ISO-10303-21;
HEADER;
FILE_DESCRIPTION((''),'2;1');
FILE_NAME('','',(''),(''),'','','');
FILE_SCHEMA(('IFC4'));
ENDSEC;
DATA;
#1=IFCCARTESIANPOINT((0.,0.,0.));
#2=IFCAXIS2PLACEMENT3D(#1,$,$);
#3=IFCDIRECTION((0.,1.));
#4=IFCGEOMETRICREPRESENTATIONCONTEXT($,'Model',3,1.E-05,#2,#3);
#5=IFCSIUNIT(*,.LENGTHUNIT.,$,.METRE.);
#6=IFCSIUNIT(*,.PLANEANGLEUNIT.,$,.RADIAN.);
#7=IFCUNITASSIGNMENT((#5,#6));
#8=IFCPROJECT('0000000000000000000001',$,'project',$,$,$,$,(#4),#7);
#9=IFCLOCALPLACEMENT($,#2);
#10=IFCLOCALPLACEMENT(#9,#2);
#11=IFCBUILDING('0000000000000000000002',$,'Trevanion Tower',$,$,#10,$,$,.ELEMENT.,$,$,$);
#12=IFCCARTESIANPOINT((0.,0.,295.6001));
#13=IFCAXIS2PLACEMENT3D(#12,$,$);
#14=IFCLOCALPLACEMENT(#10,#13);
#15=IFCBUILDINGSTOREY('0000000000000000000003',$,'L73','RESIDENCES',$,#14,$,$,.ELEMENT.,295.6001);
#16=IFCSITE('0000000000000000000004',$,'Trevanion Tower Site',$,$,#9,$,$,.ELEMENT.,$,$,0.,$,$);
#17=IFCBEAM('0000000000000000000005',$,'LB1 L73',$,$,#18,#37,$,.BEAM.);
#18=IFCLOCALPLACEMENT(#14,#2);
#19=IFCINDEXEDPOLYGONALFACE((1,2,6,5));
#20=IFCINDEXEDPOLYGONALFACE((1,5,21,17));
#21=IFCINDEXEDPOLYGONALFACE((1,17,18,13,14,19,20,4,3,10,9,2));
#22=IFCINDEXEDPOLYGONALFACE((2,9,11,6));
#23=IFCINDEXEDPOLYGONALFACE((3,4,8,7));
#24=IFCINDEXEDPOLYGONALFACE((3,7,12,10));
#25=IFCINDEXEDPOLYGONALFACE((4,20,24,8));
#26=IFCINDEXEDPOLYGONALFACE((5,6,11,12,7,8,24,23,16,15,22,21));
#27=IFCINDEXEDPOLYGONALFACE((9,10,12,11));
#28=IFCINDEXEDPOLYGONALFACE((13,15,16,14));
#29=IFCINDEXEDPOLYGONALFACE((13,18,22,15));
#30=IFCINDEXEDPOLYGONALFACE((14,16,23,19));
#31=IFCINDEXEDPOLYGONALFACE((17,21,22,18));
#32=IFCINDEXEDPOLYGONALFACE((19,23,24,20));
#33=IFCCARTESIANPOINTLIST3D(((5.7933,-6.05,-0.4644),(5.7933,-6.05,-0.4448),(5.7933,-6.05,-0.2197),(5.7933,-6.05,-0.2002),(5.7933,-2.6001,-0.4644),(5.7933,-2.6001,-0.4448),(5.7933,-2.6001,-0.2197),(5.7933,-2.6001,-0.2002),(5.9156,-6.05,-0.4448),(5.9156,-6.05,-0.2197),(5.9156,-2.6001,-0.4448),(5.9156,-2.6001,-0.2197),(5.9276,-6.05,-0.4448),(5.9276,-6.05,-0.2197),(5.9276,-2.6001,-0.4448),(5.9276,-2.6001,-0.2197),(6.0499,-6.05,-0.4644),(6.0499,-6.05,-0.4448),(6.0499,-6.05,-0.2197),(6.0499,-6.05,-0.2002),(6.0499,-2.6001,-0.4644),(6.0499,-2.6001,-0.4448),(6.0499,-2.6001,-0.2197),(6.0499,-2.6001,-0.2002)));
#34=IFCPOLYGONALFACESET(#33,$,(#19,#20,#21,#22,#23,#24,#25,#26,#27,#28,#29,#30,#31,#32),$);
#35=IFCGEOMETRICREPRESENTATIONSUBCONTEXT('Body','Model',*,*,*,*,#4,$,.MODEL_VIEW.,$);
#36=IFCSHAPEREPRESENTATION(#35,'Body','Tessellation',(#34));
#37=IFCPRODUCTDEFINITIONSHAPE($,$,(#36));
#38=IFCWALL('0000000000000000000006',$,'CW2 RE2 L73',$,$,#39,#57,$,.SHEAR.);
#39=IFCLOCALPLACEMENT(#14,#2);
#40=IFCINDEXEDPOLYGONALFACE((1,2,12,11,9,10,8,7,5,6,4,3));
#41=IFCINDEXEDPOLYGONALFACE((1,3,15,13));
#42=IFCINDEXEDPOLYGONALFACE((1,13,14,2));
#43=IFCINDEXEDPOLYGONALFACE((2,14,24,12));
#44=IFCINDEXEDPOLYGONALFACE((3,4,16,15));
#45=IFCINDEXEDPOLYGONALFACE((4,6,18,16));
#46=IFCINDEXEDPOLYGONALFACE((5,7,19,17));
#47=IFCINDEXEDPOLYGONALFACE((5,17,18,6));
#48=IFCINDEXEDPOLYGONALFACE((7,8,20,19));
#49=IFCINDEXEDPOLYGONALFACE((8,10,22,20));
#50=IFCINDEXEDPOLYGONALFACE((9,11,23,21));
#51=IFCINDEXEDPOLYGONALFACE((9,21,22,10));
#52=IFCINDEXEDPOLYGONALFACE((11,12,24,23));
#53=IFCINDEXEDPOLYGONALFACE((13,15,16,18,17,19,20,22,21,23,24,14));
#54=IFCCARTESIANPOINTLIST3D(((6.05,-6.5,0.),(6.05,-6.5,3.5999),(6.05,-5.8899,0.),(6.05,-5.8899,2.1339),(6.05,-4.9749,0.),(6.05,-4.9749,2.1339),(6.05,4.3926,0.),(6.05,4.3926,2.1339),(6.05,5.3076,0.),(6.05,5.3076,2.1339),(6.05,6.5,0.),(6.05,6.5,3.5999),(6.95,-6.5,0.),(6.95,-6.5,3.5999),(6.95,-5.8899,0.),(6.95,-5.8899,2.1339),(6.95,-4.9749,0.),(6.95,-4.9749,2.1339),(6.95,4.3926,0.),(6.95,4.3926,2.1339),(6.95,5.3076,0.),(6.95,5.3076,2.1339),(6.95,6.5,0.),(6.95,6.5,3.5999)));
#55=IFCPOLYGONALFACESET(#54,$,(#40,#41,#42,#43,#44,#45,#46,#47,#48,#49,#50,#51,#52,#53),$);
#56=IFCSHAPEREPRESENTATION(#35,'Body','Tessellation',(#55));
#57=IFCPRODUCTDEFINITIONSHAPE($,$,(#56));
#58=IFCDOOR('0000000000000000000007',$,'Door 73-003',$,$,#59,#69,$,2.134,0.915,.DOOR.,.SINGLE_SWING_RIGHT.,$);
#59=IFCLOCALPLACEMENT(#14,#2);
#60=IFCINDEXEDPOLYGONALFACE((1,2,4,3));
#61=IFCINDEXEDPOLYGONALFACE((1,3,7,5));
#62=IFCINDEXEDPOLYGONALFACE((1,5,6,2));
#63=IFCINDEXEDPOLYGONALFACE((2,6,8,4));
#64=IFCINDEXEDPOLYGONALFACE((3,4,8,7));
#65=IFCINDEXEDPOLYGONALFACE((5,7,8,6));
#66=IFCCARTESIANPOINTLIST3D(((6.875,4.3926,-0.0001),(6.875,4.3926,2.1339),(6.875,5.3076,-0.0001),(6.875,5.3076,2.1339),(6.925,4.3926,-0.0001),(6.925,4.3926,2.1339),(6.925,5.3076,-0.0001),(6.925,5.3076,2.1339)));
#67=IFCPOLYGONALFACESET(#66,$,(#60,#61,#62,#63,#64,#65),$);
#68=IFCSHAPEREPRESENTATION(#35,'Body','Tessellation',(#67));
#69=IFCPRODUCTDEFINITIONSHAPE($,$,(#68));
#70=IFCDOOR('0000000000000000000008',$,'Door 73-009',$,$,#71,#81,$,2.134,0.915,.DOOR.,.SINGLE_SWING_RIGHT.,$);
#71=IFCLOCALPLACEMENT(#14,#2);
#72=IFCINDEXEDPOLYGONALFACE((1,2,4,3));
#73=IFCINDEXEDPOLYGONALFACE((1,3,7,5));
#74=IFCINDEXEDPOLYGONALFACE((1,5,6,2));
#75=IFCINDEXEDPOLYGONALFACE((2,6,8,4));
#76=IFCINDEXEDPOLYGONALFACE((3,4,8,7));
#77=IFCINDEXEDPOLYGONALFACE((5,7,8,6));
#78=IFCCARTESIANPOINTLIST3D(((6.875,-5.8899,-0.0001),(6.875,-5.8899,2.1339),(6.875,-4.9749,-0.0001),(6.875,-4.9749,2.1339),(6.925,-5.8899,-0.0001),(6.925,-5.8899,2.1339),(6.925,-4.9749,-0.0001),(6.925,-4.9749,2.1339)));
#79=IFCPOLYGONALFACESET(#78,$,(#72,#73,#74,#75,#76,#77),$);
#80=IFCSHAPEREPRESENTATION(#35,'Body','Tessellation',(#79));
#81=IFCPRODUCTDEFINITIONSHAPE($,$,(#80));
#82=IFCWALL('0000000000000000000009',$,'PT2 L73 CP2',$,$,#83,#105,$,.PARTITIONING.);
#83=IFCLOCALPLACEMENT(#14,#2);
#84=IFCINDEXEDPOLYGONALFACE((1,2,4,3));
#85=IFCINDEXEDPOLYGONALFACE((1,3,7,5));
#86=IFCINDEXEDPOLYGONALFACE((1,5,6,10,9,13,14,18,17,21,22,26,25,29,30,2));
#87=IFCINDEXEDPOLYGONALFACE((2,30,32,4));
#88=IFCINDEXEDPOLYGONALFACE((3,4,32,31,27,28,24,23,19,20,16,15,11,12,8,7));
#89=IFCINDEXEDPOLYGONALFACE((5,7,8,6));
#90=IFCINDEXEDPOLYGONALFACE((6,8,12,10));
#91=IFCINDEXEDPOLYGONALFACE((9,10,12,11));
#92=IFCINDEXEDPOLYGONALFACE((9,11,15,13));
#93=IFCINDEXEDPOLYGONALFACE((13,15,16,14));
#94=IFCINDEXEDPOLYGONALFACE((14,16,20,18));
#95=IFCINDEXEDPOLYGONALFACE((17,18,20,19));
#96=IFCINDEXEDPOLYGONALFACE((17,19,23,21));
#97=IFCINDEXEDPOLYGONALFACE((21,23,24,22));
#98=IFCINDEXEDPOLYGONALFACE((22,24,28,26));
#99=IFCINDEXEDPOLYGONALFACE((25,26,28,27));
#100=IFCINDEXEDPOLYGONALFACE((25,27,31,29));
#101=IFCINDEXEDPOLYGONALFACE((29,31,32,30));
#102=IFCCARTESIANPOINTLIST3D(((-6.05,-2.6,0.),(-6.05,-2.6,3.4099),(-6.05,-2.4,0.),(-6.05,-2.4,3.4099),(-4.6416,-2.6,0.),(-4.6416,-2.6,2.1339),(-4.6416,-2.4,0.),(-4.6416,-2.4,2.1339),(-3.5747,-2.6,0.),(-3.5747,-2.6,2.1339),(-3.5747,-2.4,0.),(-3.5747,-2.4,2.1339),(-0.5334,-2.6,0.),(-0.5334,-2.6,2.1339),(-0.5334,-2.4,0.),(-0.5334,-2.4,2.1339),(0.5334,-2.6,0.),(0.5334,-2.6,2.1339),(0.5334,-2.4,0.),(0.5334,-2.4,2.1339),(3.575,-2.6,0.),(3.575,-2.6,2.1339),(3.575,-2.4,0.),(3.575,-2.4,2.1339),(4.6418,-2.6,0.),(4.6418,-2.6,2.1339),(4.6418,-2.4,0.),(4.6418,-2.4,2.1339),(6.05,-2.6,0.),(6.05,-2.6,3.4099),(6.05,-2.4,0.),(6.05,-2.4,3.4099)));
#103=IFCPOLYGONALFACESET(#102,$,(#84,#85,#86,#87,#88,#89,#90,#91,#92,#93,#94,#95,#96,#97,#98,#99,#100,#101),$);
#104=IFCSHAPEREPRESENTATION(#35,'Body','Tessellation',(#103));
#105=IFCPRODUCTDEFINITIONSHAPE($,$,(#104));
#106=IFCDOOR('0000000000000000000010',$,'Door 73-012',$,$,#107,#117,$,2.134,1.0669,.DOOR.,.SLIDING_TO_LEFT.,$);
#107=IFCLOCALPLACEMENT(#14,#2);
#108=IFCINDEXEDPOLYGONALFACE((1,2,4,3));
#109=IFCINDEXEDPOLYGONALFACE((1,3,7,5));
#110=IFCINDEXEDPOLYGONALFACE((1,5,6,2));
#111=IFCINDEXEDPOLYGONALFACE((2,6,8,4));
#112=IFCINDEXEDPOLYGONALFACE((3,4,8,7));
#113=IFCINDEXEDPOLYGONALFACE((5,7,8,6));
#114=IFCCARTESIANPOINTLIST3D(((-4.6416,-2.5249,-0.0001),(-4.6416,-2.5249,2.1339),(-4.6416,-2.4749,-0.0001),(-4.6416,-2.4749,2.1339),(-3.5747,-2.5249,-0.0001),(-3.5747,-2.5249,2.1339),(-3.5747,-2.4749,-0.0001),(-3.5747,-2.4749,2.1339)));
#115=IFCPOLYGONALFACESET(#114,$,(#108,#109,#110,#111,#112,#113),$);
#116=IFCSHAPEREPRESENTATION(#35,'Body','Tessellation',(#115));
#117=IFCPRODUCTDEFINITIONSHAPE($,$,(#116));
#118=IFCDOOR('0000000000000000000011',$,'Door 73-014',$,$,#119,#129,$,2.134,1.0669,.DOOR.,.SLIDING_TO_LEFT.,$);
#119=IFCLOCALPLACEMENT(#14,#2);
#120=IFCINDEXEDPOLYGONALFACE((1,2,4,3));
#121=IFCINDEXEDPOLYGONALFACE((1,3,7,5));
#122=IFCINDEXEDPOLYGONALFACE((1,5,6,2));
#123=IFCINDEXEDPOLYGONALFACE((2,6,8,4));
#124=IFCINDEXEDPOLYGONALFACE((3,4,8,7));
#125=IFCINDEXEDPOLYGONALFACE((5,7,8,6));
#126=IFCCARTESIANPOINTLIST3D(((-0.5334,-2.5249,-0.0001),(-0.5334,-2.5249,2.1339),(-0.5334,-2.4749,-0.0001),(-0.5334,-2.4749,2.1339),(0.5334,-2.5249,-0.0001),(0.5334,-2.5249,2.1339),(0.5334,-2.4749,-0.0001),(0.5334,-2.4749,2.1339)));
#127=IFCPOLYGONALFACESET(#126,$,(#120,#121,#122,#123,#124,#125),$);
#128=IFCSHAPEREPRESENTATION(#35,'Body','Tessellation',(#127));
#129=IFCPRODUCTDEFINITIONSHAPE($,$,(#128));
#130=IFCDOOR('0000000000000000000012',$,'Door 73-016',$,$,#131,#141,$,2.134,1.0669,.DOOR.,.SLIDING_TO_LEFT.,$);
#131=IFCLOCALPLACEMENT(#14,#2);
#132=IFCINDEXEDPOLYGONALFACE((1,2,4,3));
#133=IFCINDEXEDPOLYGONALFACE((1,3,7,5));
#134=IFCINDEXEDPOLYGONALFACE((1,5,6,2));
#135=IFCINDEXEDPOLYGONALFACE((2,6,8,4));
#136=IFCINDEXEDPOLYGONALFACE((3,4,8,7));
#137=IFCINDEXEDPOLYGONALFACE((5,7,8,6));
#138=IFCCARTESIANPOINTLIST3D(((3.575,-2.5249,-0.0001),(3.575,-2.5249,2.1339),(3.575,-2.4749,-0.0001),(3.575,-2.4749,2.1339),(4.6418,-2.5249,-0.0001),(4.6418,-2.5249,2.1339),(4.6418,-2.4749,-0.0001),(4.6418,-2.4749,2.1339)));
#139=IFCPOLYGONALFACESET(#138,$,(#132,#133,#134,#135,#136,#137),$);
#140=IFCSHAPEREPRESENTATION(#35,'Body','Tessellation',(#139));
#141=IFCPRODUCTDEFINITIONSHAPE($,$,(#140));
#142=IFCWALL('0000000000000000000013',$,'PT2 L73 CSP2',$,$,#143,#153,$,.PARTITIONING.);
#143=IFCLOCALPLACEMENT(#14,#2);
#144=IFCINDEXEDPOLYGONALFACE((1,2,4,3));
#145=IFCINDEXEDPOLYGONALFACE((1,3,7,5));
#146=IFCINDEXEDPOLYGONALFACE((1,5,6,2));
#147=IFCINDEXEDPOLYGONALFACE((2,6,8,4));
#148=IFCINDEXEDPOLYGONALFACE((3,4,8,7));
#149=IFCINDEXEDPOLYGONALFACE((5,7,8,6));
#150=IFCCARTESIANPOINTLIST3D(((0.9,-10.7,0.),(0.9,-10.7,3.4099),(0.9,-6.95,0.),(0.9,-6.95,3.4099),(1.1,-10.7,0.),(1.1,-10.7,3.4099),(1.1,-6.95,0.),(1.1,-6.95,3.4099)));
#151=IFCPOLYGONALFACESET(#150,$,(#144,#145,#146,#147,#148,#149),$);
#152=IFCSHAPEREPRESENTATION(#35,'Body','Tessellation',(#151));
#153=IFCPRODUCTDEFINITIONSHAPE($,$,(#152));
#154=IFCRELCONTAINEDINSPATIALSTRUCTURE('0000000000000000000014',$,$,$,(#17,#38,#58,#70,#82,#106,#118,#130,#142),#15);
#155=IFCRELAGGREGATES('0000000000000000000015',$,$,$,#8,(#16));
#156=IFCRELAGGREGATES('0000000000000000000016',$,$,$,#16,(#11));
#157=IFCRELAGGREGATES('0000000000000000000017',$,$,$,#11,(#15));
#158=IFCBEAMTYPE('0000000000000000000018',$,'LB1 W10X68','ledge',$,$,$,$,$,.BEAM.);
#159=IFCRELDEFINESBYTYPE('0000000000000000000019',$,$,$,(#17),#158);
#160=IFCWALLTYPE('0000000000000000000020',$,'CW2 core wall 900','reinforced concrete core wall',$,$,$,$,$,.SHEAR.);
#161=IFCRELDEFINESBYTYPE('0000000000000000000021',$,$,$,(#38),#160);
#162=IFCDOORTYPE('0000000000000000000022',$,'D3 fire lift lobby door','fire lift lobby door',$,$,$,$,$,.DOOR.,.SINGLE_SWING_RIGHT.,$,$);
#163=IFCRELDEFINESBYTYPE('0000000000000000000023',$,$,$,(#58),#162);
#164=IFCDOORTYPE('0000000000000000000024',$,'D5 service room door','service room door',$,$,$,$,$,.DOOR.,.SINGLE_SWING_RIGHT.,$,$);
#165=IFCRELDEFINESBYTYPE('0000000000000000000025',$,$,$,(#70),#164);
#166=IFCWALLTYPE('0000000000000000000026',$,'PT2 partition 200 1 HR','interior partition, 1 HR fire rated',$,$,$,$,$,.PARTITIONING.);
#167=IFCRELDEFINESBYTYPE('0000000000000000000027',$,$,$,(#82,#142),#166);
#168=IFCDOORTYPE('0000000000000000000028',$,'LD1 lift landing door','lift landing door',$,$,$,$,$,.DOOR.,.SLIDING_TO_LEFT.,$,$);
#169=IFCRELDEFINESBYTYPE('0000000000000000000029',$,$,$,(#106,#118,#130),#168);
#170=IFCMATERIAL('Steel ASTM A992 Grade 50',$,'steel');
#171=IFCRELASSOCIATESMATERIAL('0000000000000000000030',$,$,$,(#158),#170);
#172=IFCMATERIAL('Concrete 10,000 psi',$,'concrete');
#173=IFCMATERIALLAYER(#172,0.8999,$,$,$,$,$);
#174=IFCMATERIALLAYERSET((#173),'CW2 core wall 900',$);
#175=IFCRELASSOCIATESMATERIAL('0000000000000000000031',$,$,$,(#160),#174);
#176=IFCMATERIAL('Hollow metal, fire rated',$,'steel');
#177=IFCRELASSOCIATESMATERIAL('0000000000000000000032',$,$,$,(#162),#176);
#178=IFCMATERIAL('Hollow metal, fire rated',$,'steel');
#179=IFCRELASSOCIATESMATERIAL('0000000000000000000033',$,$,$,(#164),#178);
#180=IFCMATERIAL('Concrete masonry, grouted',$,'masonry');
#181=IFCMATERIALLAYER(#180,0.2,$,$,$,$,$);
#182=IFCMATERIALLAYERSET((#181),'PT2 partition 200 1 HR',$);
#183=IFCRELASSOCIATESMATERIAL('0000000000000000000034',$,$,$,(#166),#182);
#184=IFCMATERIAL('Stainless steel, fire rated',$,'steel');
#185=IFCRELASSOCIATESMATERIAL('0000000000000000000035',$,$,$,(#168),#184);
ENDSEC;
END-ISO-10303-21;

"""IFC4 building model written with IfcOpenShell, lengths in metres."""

from ifc_helpers import new_model, si_unit, direction, frame, frame_2d, origin, origin_2d, place, context, subcontext, project, spatial, rectangle, i_section, extrude, material, layer, layer_set, material_profile, profile_set, type_object, element, fill, save


model = new_model("IFC4")

# Units and contexts
model_context = context("Model", 3, precision=1e-05, world=origin(), true_north=direction((0.0, 1.0)))
body_context = subcontext(model_context, "Body", "Model", "MODEL_VIEW")
ifc_project = project(units=[si_unit("LENGTHUNIT", "METRE"), si_unit("PLANEANGLEUNIT", "RADIAN")], contexts=[model_context])

# Site, building, storey
site_placement = place(None, origin())
site = spatial("IfcSite", under=ifc_project, at=site_placement, Name="Trevanion Tower Site", CompositionType="ELEMENT", RefElevation=0.0)
building_placement = place(site_placement, origin())
building = spatial("IfcBuilding", under=site, at=building_placement, Name="Trevanion Tower", CompositionType="ELEMENT")
storey_placement = place(building_placement, frame((0.0, 0.0, 295.6001)))
storey = spatial("IfcBuildingStorey", under=building, at=storey_placement, Name="L73", Description="RESIDENCES", CompositionType="ELEMENT", Elevation=295.6001)

# Beam
ifc_material_1 = material(Name="Steel ASTM A992 Grade 50", Category="steel")
ifc_material_profile = material_profile(ifc_material_1, i_section(OverallWidth=0.2566, OverallDepth=0.2642, WebThickness=0.012, FlangeThickness=0.0195, at=origin_2d()), Name="W10X68")
ifc_profile_set = profile_set([ifc_material_profile], Name="Steel ASTM A992 Grade 50")
beam_type = type_object("IfcBeamType", Name="LB1 W10X68", Description="ledge", PredefinedType="BEAM", material=ifc_profile_set)
beam_placement = place(storey_placement, frame((5.9216, -6.05, -0.3323), z_axis=(0.0, 1.0, 0.0), x_axis=(-1.0, 0.0, 0.0)))
element("IfcBeam", 1, at=beam_placement, inside=storey, type_object=beam_type, Name="LB1 L73", PredefinedType="BEAM", context=body_context, shape_type="SweptSolid", body=[
    extrude(i_section(OverallWidth=0.2566, OverallDepth=0.2642, WebThickness=0.012, FlangeThickness=0.0195, at=origin_2d()), origin(), (0.0, 0.0, 1.0), 3.45),
])

# Walls, openings, doors
ifc_material_2 = material(Name="Concrete 10,000 psi", Category="concrete")
ifc_layer_1 = layer(ifc_material_2, 0.8999)
ifc_layer_set_1 = layer_set([ifc_layer_1], Name="CW2 core wall 900")
wall_type_1 = type_object("IfcWallType", Name="CW2 core wall 900", Description="reinforced concrete core wall", PredefinedType="SHEAR", material=ifc_layer_set_1)
wall_1_placement = place(storey_placement, frame((6.5, -6.5, 0.0), z_axis=(0.0, 0.0, 1.0), x_axis=(0.0, 1.0, 0.0)))
wall_1 = element("IfcWall", 2, at=wall_1_placement, inside=storey, type_object=wall_type_1, Name="CW2 RE2 L73", PredefinedType="SHEAR", context=body_context, shape_type="SweptSolid", body=[
    extrude(rectangle(XDim=13.0, YDim=0.8999, at=frame_2d((6.5, 0.0))), origin(), (0.0, 0.0, 1.0), 3.5999),
])
opening_1_placement = place(wall_1_placement, frame((10.8926, 0.0, 0.0)))
opening_1 = element("IfcOpeningElement", 3, at=opening_1_placement, cuts=wall_1, PredefinedType="OPENING", context=body_context, shape_type="SweptSolid", body=[
    extrude(rectangle(XDim=0.915, YDim=2.134, at=frame_2d((0.4575, 1.0669))), frame((0.0, 0.46, 0.0), z_axis=(0.0, -1.0, 0.0), x_axis=(1.0, 0.0, 0.0)), (0.0, 0.0, 1.0), 0.9199),
])
opening_2_placement = place(wall_1_placement, frame((0.6101, 0.0, 0.0)))
opening_2 = element("IfcOpeningElement", 4, at=opening_2_placement, cuts=wall_1, PredefinedType="OPENING", context=body_context, shape_type="SweptSolid", body=[
    extrude(rectangle(XDim=0.915, YDim=2.134, at=frame_2d((0.4575, 1.0669))), frame((0.0, 0.46, 0.0), z_axis=(0.0, -1.0, 0.0), x_axis=(1.0, 0.0, 0.0)), (0.0, 0.0, 1.0), 0.9199),
])
ifc_material_3 = material(Name="Hollow metal, fire rated", Category="steel")
door_type_1 = type_object("IfcDoorType", Name="D3 fire lift lobby door", Description="fire lift lobby door", OperationType="SINGLE_SWING_RIGHT", PredefinedType="DOOR", material=ifc_material_3)
door_1_placement = place(opening_1_placement, origin())
door_1 = element("IfcDoor", 5, at=door_1_placement, inside=storey, type_object=door_type_1, Name="Door 73-003", OperationType="SINGLE_SWING_RIGHT", OverallHeight=2.134, OverallWidth=0.915, PredefinedType="DOOR", context=body_context, shape_type="SweptSolid", body=[
    extrude(rectangle(XDim=0.915, YDim=2.134, at=frame_2d((0.4575, 1.0669))), frame((0.0, -0.375, 0.0), z_axis=(0.0, -1.0, 0.0), x_axis=(1.0, 0.0, 0.0)), (0.0, 0.0, 1.0), 0.05),
])
fill(opening_1, door_1)
ifc_material_4 = material(Name="Hollow metal, fire rated", Category="steel")
door_type_2 = type_object("IfcDoorType", Name="D5 service room door", Description="service room door", OperationType="SINGLE_SWING_RIGHT", PredefinedType="DOOR", material=ifc_material_4)
door_2_placement = place(opening_2_placement, origin())
door_2 = element("IfcDoor", 6, at=door_2_placement, inside=storey, type_object=door_type_2, Name="Door 73-009", OperationType="SINGLE_SWING_RIGHT", OverallHeight=2.134, OverallWidth=0.915, PredefinedType="DOOR", context=body_context, shape_type="SweptSolid", body=[
    extrude(rectangle(XDim=0.915, YDim=2.134, at=frame_2d((0.4575, 1.0669))), frame((0.0, -0.375, 0.0), z_axis=(0.0, -1.0, 0.0), x_axis=(1.0, 0.0, 0.0)), (0.0, 0.0, 1.0), 0.05),
])
fill(opening_2, door_2)
ifc_material_5 = material(Name="Concrete masonry, grouted", Category="masonry")
ifc_layer_2 = layer(ifc_material_5, 0.2)
ifc_layer_set_2 = layer_set([ifc_layer_2], Name="PT2 partition 200 1 HR")
wall_type_2 = type_object("IfcWallType", Name="PT2 partition 200 1 HR", Description="interior partition, 1 HR fire rated", PredefinedType="PARTITIONING", material=ifc_layer_set_2)
wall_2_placement = place(storey_placement, frame((6.05, -2.5, 0.0), z_axis=(0.0, 0.0, 1.0), x_axis=(-1.0, 0.0, 0.0)))
wall_2 = element("IfcWall", 7, at=wall_2_placement, inside=storey, type_object=wall_type_2, Name="PT2 L73 CP2", PredefinedType="PARTITIONING", context=body_context, shape_type="SweptSolid", body=[
    extrude(rectangle(XDim=12.1001, YDim=0.2, at=frame_2d((6.05, 0.0))), origin(), (0.0, 0.0, 1.0), 3.4099),
])
opening_3_placement = place(wall_2_placement, frame((9.6248, 0.0, 0.0)))
opening_3 = element("IfcOpeningElement", 8, at=opening_3_placement, cuts=wall_2, PredefinedType="OPENING", context=body_context, shape_type="SweptSolid", body=[
    extrude(rectangle(XDim=1.0669, YDim=2.134, at=frame_2d((0.5334, 1.0669))), frame((0.0, 0.1099, 0.0), z_axis=(0.0, -1.0, 0.0), x_axis=(1.0, 0.0, 0.0)), (0.0, 0.0, 1.0), 0.22),
])
opening_4_placement = place(wall_2_placement, frame((5.5166, 0.0, 0.0)))
opening_4 = element("IfcOpeningElement", 9, at=opening_4_placement, cuts=wall_2, PredefinedType="OPENING", context=body_context, shape_type="SweptSolid", body=[
    extrude(rectangle(XDim=1.0669, YDim=2.134, at=frame_2d((0.5334, 1.0669))), frame((0.0, 0.1099, 0.0), z_axis=(0.0, -1.0, 0.0), x_axis=(1.0, 0.0, 0.0)), (0.0, 0.0, 1.0), 0.22),
])
opening_5_placement = place(wall_2_placement, frame((1.4082, 0.0, 0.0)))
opening_5 = element("IfcOpeningElement", 10, at=opening_5_placement, cuts=wall_2, PredefinedType="OPENING", context=body_context, shape_type="SweptSolid", body=[
    extrude(rectangle(XDim=1.0669, YDim=2.134, at=frame_2d((0.5334, 1.0669))), frame((0.0, 0.1099, 0.0), z_axis=(0.0, -1.0, 0.0), x_axis=(1.0, 0.0, 0.0)), (0.0, 0.0, 1.0), 0.22),
])
ifc_material_6 = material(Name="Stainless steel, fire rated", Category="steel")
door_type_3 = type_object("IfcDoorType", Name="LD1 lift landing door", Description="lift landing door", OperationType="SLIDING_TO_LEFT", PredefinedType="DOOR", material=ifc_material_6)
door_3_placement = place(opening_3_placement, origin())
door_3 = element("IfcDoor", 11, at=door_3_placement, inside=storey, type_object=door_type_3, Name="Door 73-012", OperationType="SLIDING_TO_LEFT", OverallHeight=2.134, OverallWidth=1.0669, PredefinedType="DOOR", context=body_context, shape_type="SweptSolid", body=[
    extrude(rectangle(XDim=1.0669, YDim=2.134, at=frame_2d((0.5334, 1.0669))), frame((0.0, 0.0249, 0.0), z_axis=(0.0, -1.0, 0.0), x_axis=(1.0, 0.0, 0.0)), (0.0, 0.0, 1.0), 0.05),
])
fill(opening_3, door_3)
door_4_placement = place(opening_4_placement, origin())
door_4 = element("IfcDoor", 12, at=door_4_placement, inside=storey, type_object=door_type_3, Name="Door 73-014", OperationType="SLIDING_TO_LEFT", OverallHeight=2.134, OverallWidth=1.0669, PredefinedType="DOOR", context=body_context, shape_type="SweptSolid", body=[
    extrude(rectangle(XDim=1.0669, YDim=2.134, at=frame_2d((0.5334, 1.0669))), frame((0.0, 0.0249, 0.0), z_axis=(0.0, -1.0, 0.0), x_axis=(1.0, 0.0, 0.0)), (0.0, 0.0, 1.0), 0.05),
])
fill(opening_4, door_4)
door_5_placement = place(opening_5_placement, origin())
door_5 = element("IfcDoor", 13, at=door_5_placement, inside=storey, type_object=door_type_3, Name="Door 73-016", OperationType="SLIDING_TO_LEFT", OverallHeight=2.134, OverallWidth=1.0669, PredefinedType="DOOR", context=body_context, shape_type="SweptSolid", body=[
    extrude(rectangle(XDim=1.0669, YDim=2.134, at=frame_2d((0.5334, 1.0669))), frame((0.0, 0.0249, 0.0), z_axis=(0.0, -1.0, 0.0), x_axis=(1.0, 0.0, 0.0)), (0.0, 0.0, 1.0), 0.05),
])
fill(opening_5, door_5)

# Wall
wall_3_placement = place(storey_placement, frame((1.0, -6.95, 0.0), z_axis=(0.0, 0.0, 1.0), x_axis=(0.0, -1.0, 0.0)))
element("IfcWall", 14, at=wall_3_placement, inside=storey, type_object=wall_type_2, Name="PT2 L73 CSP2", PredefinedType="PARTITIONING", context=body_context, shape_type="SweptSolid", body=[
    extrude(rectangle(XDim=3.75, YDim=0.2, at=frame_2d((1.875, 0.0))), origin(), (0.0, 0.0, 1.0), 3.4099),
])

save(model, "model.ifc")
